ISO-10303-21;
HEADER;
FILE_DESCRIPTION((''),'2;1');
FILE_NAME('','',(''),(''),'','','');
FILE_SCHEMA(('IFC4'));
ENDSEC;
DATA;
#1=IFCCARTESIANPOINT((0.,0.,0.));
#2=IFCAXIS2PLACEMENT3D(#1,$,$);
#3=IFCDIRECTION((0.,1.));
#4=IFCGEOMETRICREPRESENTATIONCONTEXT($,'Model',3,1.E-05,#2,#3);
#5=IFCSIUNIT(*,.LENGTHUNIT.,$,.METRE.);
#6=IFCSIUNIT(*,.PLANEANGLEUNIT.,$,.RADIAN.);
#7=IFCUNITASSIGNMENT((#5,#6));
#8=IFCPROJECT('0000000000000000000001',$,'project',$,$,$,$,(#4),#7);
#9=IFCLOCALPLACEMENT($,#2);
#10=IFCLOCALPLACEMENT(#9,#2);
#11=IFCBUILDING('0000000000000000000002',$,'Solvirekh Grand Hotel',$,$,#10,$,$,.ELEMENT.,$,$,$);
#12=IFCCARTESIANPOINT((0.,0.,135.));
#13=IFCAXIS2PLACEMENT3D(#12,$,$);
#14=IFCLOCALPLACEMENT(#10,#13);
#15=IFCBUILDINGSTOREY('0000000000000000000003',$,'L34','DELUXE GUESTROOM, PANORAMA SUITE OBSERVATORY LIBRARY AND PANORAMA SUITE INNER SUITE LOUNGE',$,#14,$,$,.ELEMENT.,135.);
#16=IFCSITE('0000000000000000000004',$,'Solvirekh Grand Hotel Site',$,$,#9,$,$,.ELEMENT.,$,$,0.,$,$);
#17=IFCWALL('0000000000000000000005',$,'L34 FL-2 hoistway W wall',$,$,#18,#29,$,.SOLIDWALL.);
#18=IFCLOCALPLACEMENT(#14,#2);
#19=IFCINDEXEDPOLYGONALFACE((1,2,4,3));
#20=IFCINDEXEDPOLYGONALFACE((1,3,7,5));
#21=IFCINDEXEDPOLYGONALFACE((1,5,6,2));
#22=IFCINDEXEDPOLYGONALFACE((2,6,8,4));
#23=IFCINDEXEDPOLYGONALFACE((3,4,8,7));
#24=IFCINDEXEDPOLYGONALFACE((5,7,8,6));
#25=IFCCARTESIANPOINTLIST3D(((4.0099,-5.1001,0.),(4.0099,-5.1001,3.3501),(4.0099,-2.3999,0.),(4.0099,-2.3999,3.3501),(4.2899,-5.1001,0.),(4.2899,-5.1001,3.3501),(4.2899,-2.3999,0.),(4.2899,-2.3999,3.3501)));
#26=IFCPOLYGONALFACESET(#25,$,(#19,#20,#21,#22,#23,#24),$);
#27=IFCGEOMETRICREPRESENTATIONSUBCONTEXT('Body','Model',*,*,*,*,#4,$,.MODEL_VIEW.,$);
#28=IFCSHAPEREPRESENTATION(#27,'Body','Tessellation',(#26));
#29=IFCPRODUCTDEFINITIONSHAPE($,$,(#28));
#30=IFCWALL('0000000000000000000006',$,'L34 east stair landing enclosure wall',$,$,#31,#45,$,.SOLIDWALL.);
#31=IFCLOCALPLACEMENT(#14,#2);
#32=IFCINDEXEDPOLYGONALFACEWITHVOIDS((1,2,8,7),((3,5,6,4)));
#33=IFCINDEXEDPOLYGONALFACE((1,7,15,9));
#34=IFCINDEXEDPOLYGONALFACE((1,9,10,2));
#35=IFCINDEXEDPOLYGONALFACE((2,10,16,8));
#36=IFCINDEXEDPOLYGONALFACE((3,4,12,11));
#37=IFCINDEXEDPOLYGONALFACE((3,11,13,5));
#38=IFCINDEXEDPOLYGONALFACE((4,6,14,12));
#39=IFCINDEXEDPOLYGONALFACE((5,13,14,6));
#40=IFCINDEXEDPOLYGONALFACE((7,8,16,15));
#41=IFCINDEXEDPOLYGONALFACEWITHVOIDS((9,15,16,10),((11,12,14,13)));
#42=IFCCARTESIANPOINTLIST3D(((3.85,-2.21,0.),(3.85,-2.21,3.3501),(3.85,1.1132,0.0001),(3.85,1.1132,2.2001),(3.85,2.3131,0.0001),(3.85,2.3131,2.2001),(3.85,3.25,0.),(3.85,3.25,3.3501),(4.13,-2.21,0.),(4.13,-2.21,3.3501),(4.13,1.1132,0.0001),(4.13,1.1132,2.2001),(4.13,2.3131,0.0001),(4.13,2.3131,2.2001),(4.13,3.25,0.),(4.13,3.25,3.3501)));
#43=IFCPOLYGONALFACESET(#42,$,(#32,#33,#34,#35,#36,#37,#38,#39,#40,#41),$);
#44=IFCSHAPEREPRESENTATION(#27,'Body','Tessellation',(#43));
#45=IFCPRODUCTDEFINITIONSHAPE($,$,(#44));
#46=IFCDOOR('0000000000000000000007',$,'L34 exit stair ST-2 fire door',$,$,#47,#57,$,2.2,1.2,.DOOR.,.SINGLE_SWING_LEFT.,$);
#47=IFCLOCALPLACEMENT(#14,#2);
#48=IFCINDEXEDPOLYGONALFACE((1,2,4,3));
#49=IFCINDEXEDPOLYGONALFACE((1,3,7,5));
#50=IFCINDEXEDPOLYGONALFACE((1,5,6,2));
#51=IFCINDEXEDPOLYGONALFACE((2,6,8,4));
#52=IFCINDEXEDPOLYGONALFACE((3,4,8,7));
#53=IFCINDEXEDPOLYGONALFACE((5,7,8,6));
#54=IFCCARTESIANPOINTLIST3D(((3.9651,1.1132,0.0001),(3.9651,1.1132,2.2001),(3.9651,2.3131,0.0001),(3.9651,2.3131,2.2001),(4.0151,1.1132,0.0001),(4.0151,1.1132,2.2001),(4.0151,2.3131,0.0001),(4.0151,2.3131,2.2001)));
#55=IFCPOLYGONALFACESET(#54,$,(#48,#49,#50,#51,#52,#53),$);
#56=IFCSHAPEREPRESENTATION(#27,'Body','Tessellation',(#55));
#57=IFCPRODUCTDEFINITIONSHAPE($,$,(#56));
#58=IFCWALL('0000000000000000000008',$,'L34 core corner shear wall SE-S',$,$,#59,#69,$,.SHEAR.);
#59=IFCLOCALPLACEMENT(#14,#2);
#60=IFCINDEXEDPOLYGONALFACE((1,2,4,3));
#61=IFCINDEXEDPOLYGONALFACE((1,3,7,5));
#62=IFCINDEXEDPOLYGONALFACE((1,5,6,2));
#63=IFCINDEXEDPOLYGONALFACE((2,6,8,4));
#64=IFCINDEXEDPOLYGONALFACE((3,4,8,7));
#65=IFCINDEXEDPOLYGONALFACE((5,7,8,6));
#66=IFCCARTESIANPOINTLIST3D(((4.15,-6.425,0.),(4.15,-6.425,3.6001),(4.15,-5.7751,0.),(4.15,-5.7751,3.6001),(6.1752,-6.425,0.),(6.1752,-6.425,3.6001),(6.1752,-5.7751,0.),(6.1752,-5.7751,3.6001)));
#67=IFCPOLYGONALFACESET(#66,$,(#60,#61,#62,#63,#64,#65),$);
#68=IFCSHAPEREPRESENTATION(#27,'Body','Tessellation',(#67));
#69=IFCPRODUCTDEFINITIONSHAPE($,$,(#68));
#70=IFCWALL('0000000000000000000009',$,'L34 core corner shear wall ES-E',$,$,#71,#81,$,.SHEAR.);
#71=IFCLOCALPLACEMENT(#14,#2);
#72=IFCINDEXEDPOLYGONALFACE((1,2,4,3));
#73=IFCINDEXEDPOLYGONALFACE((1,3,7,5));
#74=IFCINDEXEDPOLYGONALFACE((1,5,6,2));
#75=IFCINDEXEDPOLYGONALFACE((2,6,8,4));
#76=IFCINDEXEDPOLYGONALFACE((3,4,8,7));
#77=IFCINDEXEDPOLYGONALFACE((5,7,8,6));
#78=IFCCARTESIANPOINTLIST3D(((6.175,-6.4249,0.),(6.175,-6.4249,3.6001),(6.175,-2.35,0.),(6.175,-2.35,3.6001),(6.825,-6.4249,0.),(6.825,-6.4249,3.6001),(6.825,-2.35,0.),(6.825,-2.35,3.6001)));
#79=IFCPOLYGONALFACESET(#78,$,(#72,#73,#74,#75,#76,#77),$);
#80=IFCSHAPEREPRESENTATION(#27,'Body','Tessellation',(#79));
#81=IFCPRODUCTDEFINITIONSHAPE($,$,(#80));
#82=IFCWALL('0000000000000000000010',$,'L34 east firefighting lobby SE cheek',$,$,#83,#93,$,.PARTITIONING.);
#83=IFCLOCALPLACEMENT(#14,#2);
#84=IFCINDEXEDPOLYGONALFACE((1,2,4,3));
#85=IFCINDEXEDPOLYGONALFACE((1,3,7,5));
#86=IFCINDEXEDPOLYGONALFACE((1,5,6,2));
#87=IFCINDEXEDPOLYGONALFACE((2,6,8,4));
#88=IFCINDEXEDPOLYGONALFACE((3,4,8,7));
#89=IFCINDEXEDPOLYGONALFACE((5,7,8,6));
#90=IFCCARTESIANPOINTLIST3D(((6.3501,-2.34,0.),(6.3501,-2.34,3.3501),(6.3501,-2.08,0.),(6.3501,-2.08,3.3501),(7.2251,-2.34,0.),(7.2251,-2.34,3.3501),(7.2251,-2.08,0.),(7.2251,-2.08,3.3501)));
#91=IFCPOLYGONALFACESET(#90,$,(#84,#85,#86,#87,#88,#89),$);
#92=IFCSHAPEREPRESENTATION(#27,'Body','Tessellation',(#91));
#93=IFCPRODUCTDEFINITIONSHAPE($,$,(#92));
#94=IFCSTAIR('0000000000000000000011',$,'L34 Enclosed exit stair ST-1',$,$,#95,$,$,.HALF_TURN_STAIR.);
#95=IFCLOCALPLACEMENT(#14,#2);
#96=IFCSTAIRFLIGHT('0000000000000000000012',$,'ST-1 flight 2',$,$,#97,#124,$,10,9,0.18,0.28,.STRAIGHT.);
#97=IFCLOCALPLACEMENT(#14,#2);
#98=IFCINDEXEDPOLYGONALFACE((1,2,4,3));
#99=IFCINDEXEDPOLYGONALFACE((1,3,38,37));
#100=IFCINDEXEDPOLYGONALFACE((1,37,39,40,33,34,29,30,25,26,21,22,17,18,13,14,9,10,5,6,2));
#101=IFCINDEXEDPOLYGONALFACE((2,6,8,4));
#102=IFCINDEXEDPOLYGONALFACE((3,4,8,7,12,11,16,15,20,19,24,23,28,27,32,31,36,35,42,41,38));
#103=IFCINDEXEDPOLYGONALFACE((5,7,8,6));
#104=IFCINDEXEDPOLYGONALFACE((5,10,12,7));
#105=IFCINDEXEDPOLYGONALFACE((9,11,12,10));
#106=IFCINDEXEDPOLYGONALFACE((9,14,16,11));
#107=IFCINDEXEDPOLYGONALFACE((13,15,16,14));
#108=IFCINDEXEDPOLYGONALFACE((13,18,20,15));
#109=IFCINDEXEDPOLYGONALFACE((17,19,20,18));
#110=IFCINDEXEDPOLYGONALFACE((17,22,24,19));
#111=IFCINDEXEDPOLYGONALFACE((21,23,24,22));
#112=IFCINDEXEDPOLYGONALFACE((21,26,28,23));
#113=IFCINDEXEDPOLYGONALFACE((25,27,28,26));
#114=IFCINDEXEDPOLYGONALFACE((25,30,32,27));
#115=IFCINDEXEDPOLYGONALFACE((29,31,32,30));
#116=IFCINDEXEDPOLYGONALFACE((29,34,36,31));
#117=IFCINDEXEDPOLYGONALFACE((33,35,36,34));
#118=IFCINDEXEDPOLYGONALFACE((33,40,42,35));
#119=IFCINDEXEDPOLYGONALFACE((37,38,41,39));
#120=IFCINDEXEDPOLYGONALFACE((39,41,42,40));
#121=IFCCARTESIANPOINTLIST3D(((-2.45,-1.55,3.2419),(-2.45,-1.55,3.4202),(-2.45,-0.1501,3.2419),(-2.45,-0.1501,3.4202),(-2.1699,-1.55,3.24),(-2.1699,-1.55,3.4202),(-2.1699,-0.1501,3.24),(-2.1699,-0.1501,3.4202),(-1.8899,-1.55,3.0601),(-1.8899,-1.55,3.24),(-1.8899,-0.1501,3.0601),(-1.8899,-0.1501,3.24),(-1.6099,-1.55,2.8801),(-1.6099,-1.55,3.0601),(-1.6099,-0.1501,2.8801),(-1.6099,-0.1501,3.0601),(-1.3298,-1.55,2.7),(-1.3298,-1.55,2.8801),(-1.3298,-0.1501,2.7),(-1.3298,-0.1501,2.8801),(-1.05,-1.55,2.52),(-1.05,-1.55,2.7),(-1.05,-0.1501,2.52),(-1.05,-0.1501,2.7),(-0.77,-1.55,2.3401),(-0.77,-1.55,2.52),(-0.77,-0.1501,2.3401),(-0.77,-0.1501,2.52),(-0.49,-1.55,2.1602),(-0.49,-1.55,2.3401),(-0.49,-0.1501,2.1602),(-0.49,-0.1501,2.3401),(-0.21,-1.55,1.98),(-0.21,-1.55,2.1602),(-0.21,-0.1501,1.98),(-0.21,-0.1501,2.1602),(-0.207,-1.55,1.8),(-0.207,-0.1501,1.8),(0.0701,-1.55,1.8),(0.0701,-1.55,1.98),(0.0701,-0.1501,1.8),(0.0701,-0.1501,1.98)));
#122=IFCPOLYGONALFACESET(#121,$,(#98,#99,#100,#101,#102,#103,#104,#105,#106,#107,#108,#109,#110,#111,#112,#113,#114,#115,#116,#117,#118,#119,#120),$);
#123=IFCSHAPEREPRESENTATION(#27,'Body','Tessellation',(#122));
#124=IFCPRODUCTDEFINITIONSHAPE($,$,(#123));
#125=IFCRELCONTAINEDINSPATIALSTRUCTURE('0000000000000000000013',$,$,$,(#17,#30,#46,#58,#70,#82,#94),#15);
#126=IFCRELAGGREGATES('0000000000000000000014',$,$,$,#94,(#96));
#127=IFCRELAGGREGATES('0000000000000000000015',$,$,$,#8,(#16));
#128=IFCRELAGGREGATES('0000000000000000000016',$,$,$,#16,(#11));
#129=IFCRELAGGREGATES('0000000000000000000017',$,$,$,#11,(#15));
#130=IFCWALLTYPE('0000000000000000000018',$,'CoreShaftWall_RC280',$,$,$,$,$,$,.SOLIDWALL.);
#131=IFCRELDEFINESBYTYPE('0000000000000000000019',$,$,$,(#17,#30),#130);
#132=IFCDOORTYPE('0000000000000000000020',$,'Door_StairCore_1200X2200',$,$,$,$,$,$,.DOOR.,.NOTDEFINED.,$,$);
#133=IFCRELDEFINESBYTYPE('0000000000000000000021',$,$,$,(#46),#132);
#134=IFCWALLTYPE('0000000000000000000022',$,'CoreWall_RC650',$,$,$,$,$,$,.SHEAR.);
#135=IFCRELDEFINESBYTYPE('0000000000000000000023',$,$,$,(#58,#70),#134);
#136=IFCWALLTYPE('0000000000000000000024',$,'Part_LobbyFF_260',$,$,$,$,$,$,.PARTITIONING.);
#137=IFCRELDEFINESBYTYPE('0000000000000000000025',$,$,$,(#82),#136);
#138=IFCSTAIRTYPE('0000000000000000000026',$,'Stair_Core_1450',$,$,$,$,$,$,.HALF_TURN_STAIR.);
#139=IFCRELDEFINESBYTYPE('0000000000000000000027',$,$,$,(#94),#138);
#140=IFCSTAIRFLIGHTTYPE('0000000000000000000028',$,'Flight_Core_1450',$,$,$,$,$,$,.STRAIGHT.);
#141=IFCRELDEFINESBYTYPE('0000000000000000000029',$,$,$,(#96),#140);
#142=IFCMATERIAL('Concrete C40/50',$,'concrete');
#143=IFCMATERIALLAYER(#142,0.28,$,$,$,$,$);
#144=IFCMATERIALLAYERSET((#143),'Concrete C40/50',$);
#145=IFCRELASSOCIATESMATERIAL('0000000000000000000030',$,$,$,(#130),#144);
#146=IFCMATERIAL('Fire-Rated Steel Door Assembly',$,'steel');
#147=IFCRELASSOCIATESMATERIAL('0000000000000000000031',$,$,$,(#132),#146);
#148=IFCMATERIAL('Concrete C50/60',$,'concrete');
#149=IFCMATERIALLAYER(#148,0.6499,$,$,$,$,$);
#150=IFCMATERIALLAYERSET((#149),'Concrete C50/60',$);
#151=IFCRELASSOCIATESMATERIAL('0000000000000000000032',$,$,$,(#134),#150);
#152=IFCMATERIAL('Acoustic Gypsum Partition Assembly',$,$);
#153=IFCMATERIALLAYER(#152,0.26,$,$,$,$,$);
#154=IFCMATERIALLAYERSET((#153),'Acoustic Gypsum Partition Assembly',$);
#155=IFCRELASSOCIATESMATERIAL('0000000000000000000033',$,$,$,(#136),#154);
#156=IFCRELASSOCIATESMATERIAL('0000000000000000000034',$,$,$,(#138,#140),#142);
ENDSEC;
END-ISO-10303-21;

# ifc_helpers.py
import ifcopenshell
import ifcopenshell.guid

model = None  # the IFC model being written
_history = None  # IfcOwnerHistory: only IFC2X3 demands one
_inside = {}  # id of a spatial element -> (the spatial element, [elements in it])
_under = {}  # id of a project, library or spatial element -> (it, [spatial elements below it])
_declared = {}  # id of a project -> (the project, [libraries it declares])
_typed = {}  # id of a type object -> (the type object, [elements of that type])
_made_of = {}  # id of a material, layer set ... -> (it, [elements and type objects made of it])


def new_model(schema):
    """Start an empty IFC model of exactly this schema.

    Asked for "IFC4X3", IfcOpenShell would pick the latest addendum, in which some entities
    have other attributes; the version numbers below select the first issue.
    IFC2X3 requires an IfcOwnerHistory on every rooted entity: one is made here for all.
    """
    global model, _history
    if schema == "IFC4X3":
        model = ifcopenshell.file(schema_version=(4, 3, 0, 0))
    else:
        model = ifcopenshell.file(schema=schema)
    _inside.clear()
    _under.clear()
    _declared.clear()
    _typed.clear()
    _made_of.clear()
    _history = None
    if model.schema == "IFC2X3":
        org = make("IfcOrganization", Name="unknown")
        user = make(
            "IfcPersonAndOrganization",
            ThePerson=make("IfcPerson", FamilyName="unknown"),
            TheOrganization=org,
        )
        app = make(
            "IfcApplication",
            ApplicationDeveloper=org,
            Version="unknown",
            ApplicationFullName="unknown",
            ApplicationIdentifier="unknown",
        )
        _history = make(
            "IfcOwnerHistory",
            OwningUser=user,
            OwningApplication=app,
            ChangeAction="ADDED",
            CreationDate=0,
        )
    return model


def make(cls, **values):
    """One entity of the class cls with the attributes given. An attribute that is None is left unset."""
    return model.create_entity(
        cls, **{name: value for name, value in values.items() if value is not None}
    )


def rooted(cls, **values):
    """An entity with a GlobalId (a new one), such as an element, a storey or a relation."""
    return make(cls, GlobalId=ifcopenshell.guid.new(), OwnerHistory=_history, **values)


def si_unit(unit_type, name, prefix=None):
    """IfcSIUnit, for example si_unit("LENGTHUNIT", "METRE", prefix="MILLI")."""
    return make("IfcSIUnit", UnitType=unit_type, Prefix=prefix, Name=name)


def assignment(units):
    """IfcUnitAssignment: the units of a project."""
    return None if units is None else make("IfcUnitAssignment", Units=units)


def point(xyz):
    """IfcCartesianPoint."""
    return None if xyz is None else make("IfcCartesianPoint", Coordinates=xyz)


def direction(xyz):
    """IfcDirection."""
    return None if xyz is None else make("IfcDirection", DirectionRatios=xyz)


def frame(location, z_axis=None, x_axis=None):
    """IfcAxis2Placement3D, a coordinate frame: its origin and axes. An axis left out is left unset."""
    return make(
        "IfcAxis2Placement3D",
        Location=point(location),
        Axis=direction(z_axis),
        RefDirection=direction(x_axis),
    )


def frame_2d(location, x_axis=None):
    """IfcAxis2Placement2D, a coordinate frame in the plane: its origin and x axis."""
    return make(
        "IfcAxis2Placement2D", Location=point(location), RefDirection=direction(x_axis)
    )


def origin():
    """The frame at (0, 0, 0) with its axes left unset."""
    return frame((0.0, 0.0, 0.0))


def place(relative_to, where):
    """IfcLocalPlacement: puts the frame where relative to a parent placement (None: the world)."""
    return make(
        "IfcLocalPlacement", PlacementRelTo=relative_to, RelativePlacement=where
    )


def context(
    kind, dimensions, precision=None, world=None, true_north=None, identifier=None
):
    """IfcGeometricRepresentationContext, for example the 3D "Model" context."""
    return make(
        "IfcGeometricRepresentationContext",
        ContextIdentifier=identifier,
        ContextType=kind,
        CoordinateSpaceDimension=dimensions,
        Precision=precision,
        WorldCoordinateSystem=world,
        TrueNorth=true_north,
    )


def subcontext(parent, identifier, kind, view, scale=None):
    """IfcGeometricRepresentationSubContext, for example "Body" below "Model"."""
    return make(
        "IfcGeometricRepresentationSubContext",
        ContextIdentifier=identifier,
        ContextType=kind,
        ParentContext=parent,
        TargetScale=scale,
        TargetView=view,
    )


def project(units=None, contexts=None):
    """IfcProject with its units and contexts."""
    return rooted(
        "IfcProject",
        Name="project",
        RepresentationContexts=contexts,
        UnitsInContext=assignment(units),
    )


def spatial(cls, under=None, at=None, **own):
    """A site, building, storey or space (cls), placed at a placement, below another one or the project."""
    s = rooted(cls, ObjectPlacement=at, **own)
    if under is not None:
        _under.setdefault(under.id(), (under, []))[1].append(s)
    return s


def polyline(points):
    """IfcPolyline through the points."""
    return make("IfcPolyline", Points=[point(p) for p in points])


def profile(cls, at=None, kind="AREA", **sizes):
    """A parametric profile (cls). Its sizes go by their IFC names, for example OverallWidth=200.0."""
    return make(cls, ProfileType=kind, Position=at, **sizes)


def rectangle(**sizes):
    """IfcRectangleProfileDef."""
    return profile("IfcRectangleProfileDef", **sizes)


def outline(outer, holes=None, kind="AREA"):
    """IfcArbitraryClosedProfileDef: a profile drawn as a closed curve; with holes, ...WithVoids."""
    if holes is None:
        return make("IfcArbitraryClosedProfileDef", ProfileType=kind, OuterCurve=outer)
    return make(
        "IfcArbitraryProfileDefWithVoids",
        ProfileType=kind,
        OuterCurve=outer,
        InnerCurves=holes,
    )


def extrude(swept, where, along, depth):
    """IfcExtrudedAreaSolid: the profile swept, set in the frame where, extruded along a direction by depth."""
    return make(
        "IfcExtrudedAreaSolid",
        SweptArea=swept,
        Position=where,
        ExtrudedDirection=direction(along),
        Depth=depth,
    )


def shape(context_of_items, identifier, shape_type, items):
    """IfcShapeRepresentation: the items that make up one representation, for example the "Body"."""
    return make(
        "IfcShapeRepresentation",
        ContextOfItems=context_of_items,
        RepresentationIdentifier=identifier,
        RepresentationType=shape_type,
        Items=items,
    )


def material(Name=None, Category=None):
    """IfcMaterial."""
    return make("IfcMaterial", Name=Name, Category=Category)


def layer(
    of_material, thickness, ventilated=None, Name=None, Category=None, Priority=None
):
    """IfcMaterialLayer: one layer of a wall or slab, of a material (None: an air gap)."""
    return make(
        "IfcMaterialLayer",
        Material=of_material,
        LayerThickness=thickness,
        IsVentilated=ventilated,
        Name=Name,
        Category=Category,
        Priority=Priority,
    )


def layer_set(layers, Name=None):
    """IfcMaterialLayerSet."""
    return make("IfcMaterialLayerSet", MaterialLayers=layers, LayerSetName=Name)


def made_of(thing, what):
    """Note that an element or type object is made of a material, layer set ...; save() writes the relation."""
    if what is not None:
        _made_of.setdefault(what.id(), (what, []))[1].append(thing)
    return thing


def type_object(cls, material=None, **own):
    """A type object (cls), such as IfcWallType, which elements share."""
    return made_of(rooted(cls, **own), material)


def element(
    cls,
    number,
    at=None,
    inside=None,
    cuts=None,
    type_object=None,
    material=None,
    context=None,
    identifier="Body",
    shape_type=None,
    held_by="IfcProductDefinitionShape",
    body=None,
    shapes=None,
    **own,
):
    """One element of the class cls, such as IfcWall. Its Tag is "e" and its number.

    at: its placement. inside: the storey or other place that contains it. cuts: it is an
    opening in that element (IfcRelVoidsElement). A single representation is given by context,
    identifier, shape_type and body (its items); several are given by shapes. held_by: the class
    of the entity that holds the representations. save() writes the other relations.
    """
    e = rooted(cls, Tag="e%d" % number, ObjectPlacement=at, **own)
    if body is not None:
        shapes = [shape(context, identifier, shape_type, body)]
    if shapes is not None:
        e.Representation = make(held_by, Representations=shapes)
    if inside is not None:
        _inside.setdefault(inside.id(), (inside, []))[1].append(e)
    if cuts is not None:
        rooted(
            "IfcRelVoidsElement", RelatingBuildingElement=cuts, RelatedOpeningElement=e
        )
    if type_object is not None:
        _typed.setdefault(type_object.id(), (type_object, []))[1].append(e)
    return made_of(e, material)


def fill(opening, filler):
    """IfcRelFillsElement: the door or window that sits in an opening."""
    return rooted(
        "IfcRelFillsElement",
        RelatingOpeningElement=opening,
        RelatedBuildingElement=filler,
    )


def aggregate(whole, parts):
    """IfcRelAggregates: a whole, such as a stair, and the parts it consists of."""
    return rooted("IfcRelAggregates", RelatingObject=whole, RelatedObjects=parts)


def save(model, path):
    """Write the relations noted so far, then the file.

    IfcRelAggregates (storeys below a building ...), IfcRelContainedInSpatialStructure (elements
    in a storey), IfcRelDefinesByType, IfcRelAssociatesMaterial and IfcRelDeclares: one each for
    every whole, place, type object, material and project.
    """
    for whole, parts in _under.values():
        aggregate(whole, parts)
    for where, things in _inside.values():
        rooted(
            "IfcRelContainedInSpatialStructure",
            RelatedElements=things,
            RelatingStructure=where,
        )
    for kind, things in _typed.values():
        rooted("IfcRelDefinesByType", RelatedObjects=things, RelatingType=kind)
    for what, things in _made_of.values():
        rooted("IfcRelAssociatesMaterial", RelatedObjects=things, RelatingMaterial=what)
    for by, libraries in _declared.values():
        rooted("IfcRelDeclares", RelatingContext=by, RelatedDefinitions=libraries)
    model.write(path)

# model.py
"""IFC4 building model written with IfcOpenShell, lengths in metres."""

from ifc_helpers import new_model, si_unit, direction, frame, frame_2d, origin, place, context, subcontext, project, spatial, polyline, rectangle, outline, extrude, material, layer, layer_set, type_object, element, fill, aggregate, save


model = new_model("IFC4")

# Units and contexts
model_context = context("Model", 3, precision=1e-05, world=origin(), true_north=direction((0.0, 1.0)))
body_context = subcontext(model_context, "Body", "Model", "MODEL_VIEW")
ifc_project = project(units=[si_unit("LENGTHUNIT", "METRE"), si_unit("PLANEANGLEUNIT", "RADIAN")], contexts=[model_context])

# Site, building, storey
site_placement = place(None, origin())
site = spatial("IfcSite", under=ifc_project, at=site_placement, Name="Solvirekh Grand Hotel Site", CompositionType="ELEMENT", RefElevation=0.0)
building_placement = place(site_placement, origin())
building = spatial("IfcBuilding", under=site, at=building_placement, Name="Solvirekh Grand Hotel", CompositionType="ELEMENT")
storey_placement = place(building_placement, frame((0.0, 0.0, 135.0)))
storey = spatial("IfcBuildingStorey", under=building, at=storey_placement, Name="L34", Description="DELUXE GUESTROOM, PANORAMA SUITE OBSERVATORY LIBRARY AND PANORAMA SUITE INNER SUITE LOUNGE", CompositionType="ELEMENT", Elevation=135.0)

# Shared definitions
ifc_material_1 = material(Name="Concrete C50/60", Category="concrete")

# Shared definitions
ifc_material_2 = material(Name="Concrete C40/50", Category="concrete")
ifc_layer_1 = layer(ifc_material_2, 0.28)
ifc_layer_set_1 = layer_set([ifc_layer_1], Name="Concrete C40/50")
wall_type_1 = type_object("IfcWallType", Name="CoreShaftWall_RC280", PredefinedType="SOLIDWALL", material=ifc_layer_set_1)

# Shared definitions
ifc_material_3 = material(Name="Fire-Rated Steel Door Assembly", Category="steel")

# Wall
wall_1_placement = place(storey_placement, frame((4.1499, -2.3999, 0.0), z_axis=(0.0, 0.0, 1.0), x_axis=(0.0, -1.0, 0.0)))
element("IfcWall", 1, at=wall_1_placement, inside=storey, type_object=wall_type_1, Name="L34 FL-2 hoistway W wall", PredefinedType="SOLIDWALL", context=body_context, shape_type="SweptSolid", body=[
    extrude(rectangle(XDim=2.7002, YDim=0.28, at=frame_2d((1.3501, 0.0))), origin(), (0.0, 0.0, 1.0), 3.3501),
])

# Wall, opening, door
wall_2_placement = place(storey_placement, frame((3.99, -2.21, 0.0), z_axis=(0.0, 0.0, 1.0), x_axis=(0.0, 1.0, 0.0)))
wall_2 = element("IfcWall", 2, at=wall_2_placement, inside=storey, type_object=wall_type_1, Name="L34 east stair landing enclosure wall", PredefinedType="SOLIDWALL", context=body_context, shape_type="SweptSolid", body=[
    extrude(rectangle(XDim=5.46, YDim=0.28, at=frame_2d((2.73, 0.0))), origin(), (0.0, 0.0, 1.0), 3.3501),
])
opening_1_placement = place(wall_2_placement, frame((3.323, 0.0, 0.0)))
opening_1 = element("IfcOpeningElement", 3, at=opening_1_placement, cuts=wall_2, PredefinedType="OPENING", context=body_context, shape_type="SweptSolid", body=[
    extrude(rectangle(XDim=1.2, YDim=2.2, at=frame_2d((0.6001, 1.1001))), frame((0.0, 0.1499, 0.0), z_axis=(0.0, -1.0, 0.0), x_axis=(1.0, 0.0, 0.0)), (0.0, 0.0, 1.0), 0.3),
])
door_type_1 = type_object("IfcDoorType", Name="Door_StairCore_1200X2200", OperationType="NOTDEFINED", PredefinedType="DOOR", material=ifc_material_3)
door_1_placement = place(opening_1_placement, origin())
door_1 = element("IfcDoor", 4, at=door_1_placement, inside=storey, type_object=door_type_1, Name="L34 exit stair ST-2 fire door", OperationType="SINGLE_SWING_LEFT", OverallHeight=2.2, OverallWidth=1.2, PredefinedType="DOOR", context=body_context, shape_type="SweptSolid", body=[
    extrude(rectangle(XDim=1.2, YDim=2.2, at=frame_2d((0.6001, 1.1001))), frame((0.0, 0.0249, 0.0), z_axis=(0.0, -1.0, 0.0), x_axis=(1.0, 0.0, 0.0)), (0.0, 0.0, 1.0), 0.05),
])
fill(opening_1, door_1)

# Walls
ifc_layer_2 = layer(ifc_material_1, 0.6499)
ifc_layer_set_2 = layer_set([ifc_layer_2], Name="Concrete C50/60")
wall_type_2 = type_object("IfcWallType", Name="CoreWall_RC650", PredefinedType="SHEAR", material=ifc_layer_set_2)
wall_3_placement = place(storey_placement, frame((4.1499, -6.1001, 0.0), z_axis=(0.0, 0.0, 1.0), x_axis=(1.0, 0.0, 0.0)))
element("IfcWall", 5, at=wall_3_placement, inside=storey, type_object=wall_type_2, Name="L34 core corner shear wall SE-S", PredefinedType="SHEAR", context=body_context, shape_type="SweptSolid", body=[
    extrude(rectangle(XDim=2.0251, YDim=0.6499, at=frame_2d((1.0127, 0.0))), origin(), (0.0, 0.0, 1.0), 3.6001),
])
wall_4_placement = place(storey_placement, frame((6.5, -6.425, 0.0), z_axis=(0.0, 0.0, 1.0), x_axis=(0.0, 1.0, 0.0)))
element("IfcWall", 6, at=wall_4_placement, inside=storey, type_object=wall_type_2, Name="L34 core corner shear wall ES-E", PredefinedType="SHEAR", context=body_context, shape_type="SweptSolid", body=[
    extrude(rectangle(XDim=4.075, YDim=0.6499, at=frame_2d((2.0376, 0.0))), origin(), (0.0, 0.0, 1.0), 3.6001),
])
ifc_material_4 = material(Name="Acoustic Gypsum Partition Assembly")
ifc_layer_3 = layer(ifc_material_4, 0.26)
ifc_layer_set_3 = layer_set([ifc_layer_3], Name="Acoustic Gypsum Partition Assembly")
wall_type_3 = type_object("IfcWallType", Name="Part_LobbyFF_260", PredefinedType="PARTITIONING", material=ifc_layer_set_3)
wall_5_placement = place(storey_placement, frame((6.3501, -2.21, 0.0), z_axis=(0.0, 0.0, 1.0), x_axis=(1.0, 0.0, 0.0)))
element("IfcWall", 7, at=wall_5_placement, inside=storey, type_object=wall_type_3, Name="L34 east firefighting lobby SE cheek", PredefinedType="PARTITIONING", context=body_context, shape_type="SweptSolid", body=[
    extrude(rectangle(XDim=0.875, YDim=0.26, at=frame_2d((0.4375, 0.0))), origin(), (0.0, 0.0, 1.0), 3.3501),
])

# Stair, stair flight
stair_type = type_object("IfcStairType", Name="Stair_Core_1450", PredefinedType="HALF_TURN_STAIR", material=ifc_material_2)
stair_placement = place(storey_placement, origin())
stair = element("IfcStair", 8, at=stair_placement, inside=storey, type_object=stair_type, Name="L34 Enclosed exit stair ST-1", PredefinedType="HALF_TURN_STAIR")
stair_flight_type = type_object("IfcStairFlightType", Name="Flight_Core_1450", PredefinedType="STRAIGHT", material=ifc_material_2)
stair_flight_placement = place(storey_placement, frame((0.0701, -0.8501, 1.8), z_axis=(0.0, 0.0, 1.0), x_axis=(-1.0, 0.0, 0.0)))
stair_flight = element("IfcStairFlight", 9, at=stair_flight_placement, type_object=stair_flight_type, Name="ST-1 flight 2", NumberOfRisers=10, NumberOfTreads=9, PredefinedType="STRAIGHT", RiserHeight=0.18, TreadLength=0.28, context=body_context, shape_type="SweptSolid", body=[
    extrude(outline(polyline([(0.0, 0.0), (0.0, 0.1799), (0.28, 0.1799), (0.28, 0.3601), (0.5601, 0.3601), (0.5601, 0.54), (0.8401, 0.54), (0.8401, 0.72), (1.1201, 0.72), (1.1201, 0.8999), (1.3999, 0.8999), (1.3999, 1.0801), (1.6799, 1.0801), (1.6799, 1.26), (1.96, 1.26), (1.96, 1.4399), (2.24, 1.4399), (2.24, 1.6201), (2.52, 1.6201), (2.52, 1.8), (2.52, 1.4419), (0.2771, 0.0), (0.0, 0.0)])), frame((0.0, 0.7, 0.0), z_axis=(0.0, -1.0, 0.0), x_axis=(1.0, 0.0, 0.0)), (0.0, 0.0, 1.0), 1.3999),
])
aggregate(stair, [stair_flight])

save(model, "model.ifc")
